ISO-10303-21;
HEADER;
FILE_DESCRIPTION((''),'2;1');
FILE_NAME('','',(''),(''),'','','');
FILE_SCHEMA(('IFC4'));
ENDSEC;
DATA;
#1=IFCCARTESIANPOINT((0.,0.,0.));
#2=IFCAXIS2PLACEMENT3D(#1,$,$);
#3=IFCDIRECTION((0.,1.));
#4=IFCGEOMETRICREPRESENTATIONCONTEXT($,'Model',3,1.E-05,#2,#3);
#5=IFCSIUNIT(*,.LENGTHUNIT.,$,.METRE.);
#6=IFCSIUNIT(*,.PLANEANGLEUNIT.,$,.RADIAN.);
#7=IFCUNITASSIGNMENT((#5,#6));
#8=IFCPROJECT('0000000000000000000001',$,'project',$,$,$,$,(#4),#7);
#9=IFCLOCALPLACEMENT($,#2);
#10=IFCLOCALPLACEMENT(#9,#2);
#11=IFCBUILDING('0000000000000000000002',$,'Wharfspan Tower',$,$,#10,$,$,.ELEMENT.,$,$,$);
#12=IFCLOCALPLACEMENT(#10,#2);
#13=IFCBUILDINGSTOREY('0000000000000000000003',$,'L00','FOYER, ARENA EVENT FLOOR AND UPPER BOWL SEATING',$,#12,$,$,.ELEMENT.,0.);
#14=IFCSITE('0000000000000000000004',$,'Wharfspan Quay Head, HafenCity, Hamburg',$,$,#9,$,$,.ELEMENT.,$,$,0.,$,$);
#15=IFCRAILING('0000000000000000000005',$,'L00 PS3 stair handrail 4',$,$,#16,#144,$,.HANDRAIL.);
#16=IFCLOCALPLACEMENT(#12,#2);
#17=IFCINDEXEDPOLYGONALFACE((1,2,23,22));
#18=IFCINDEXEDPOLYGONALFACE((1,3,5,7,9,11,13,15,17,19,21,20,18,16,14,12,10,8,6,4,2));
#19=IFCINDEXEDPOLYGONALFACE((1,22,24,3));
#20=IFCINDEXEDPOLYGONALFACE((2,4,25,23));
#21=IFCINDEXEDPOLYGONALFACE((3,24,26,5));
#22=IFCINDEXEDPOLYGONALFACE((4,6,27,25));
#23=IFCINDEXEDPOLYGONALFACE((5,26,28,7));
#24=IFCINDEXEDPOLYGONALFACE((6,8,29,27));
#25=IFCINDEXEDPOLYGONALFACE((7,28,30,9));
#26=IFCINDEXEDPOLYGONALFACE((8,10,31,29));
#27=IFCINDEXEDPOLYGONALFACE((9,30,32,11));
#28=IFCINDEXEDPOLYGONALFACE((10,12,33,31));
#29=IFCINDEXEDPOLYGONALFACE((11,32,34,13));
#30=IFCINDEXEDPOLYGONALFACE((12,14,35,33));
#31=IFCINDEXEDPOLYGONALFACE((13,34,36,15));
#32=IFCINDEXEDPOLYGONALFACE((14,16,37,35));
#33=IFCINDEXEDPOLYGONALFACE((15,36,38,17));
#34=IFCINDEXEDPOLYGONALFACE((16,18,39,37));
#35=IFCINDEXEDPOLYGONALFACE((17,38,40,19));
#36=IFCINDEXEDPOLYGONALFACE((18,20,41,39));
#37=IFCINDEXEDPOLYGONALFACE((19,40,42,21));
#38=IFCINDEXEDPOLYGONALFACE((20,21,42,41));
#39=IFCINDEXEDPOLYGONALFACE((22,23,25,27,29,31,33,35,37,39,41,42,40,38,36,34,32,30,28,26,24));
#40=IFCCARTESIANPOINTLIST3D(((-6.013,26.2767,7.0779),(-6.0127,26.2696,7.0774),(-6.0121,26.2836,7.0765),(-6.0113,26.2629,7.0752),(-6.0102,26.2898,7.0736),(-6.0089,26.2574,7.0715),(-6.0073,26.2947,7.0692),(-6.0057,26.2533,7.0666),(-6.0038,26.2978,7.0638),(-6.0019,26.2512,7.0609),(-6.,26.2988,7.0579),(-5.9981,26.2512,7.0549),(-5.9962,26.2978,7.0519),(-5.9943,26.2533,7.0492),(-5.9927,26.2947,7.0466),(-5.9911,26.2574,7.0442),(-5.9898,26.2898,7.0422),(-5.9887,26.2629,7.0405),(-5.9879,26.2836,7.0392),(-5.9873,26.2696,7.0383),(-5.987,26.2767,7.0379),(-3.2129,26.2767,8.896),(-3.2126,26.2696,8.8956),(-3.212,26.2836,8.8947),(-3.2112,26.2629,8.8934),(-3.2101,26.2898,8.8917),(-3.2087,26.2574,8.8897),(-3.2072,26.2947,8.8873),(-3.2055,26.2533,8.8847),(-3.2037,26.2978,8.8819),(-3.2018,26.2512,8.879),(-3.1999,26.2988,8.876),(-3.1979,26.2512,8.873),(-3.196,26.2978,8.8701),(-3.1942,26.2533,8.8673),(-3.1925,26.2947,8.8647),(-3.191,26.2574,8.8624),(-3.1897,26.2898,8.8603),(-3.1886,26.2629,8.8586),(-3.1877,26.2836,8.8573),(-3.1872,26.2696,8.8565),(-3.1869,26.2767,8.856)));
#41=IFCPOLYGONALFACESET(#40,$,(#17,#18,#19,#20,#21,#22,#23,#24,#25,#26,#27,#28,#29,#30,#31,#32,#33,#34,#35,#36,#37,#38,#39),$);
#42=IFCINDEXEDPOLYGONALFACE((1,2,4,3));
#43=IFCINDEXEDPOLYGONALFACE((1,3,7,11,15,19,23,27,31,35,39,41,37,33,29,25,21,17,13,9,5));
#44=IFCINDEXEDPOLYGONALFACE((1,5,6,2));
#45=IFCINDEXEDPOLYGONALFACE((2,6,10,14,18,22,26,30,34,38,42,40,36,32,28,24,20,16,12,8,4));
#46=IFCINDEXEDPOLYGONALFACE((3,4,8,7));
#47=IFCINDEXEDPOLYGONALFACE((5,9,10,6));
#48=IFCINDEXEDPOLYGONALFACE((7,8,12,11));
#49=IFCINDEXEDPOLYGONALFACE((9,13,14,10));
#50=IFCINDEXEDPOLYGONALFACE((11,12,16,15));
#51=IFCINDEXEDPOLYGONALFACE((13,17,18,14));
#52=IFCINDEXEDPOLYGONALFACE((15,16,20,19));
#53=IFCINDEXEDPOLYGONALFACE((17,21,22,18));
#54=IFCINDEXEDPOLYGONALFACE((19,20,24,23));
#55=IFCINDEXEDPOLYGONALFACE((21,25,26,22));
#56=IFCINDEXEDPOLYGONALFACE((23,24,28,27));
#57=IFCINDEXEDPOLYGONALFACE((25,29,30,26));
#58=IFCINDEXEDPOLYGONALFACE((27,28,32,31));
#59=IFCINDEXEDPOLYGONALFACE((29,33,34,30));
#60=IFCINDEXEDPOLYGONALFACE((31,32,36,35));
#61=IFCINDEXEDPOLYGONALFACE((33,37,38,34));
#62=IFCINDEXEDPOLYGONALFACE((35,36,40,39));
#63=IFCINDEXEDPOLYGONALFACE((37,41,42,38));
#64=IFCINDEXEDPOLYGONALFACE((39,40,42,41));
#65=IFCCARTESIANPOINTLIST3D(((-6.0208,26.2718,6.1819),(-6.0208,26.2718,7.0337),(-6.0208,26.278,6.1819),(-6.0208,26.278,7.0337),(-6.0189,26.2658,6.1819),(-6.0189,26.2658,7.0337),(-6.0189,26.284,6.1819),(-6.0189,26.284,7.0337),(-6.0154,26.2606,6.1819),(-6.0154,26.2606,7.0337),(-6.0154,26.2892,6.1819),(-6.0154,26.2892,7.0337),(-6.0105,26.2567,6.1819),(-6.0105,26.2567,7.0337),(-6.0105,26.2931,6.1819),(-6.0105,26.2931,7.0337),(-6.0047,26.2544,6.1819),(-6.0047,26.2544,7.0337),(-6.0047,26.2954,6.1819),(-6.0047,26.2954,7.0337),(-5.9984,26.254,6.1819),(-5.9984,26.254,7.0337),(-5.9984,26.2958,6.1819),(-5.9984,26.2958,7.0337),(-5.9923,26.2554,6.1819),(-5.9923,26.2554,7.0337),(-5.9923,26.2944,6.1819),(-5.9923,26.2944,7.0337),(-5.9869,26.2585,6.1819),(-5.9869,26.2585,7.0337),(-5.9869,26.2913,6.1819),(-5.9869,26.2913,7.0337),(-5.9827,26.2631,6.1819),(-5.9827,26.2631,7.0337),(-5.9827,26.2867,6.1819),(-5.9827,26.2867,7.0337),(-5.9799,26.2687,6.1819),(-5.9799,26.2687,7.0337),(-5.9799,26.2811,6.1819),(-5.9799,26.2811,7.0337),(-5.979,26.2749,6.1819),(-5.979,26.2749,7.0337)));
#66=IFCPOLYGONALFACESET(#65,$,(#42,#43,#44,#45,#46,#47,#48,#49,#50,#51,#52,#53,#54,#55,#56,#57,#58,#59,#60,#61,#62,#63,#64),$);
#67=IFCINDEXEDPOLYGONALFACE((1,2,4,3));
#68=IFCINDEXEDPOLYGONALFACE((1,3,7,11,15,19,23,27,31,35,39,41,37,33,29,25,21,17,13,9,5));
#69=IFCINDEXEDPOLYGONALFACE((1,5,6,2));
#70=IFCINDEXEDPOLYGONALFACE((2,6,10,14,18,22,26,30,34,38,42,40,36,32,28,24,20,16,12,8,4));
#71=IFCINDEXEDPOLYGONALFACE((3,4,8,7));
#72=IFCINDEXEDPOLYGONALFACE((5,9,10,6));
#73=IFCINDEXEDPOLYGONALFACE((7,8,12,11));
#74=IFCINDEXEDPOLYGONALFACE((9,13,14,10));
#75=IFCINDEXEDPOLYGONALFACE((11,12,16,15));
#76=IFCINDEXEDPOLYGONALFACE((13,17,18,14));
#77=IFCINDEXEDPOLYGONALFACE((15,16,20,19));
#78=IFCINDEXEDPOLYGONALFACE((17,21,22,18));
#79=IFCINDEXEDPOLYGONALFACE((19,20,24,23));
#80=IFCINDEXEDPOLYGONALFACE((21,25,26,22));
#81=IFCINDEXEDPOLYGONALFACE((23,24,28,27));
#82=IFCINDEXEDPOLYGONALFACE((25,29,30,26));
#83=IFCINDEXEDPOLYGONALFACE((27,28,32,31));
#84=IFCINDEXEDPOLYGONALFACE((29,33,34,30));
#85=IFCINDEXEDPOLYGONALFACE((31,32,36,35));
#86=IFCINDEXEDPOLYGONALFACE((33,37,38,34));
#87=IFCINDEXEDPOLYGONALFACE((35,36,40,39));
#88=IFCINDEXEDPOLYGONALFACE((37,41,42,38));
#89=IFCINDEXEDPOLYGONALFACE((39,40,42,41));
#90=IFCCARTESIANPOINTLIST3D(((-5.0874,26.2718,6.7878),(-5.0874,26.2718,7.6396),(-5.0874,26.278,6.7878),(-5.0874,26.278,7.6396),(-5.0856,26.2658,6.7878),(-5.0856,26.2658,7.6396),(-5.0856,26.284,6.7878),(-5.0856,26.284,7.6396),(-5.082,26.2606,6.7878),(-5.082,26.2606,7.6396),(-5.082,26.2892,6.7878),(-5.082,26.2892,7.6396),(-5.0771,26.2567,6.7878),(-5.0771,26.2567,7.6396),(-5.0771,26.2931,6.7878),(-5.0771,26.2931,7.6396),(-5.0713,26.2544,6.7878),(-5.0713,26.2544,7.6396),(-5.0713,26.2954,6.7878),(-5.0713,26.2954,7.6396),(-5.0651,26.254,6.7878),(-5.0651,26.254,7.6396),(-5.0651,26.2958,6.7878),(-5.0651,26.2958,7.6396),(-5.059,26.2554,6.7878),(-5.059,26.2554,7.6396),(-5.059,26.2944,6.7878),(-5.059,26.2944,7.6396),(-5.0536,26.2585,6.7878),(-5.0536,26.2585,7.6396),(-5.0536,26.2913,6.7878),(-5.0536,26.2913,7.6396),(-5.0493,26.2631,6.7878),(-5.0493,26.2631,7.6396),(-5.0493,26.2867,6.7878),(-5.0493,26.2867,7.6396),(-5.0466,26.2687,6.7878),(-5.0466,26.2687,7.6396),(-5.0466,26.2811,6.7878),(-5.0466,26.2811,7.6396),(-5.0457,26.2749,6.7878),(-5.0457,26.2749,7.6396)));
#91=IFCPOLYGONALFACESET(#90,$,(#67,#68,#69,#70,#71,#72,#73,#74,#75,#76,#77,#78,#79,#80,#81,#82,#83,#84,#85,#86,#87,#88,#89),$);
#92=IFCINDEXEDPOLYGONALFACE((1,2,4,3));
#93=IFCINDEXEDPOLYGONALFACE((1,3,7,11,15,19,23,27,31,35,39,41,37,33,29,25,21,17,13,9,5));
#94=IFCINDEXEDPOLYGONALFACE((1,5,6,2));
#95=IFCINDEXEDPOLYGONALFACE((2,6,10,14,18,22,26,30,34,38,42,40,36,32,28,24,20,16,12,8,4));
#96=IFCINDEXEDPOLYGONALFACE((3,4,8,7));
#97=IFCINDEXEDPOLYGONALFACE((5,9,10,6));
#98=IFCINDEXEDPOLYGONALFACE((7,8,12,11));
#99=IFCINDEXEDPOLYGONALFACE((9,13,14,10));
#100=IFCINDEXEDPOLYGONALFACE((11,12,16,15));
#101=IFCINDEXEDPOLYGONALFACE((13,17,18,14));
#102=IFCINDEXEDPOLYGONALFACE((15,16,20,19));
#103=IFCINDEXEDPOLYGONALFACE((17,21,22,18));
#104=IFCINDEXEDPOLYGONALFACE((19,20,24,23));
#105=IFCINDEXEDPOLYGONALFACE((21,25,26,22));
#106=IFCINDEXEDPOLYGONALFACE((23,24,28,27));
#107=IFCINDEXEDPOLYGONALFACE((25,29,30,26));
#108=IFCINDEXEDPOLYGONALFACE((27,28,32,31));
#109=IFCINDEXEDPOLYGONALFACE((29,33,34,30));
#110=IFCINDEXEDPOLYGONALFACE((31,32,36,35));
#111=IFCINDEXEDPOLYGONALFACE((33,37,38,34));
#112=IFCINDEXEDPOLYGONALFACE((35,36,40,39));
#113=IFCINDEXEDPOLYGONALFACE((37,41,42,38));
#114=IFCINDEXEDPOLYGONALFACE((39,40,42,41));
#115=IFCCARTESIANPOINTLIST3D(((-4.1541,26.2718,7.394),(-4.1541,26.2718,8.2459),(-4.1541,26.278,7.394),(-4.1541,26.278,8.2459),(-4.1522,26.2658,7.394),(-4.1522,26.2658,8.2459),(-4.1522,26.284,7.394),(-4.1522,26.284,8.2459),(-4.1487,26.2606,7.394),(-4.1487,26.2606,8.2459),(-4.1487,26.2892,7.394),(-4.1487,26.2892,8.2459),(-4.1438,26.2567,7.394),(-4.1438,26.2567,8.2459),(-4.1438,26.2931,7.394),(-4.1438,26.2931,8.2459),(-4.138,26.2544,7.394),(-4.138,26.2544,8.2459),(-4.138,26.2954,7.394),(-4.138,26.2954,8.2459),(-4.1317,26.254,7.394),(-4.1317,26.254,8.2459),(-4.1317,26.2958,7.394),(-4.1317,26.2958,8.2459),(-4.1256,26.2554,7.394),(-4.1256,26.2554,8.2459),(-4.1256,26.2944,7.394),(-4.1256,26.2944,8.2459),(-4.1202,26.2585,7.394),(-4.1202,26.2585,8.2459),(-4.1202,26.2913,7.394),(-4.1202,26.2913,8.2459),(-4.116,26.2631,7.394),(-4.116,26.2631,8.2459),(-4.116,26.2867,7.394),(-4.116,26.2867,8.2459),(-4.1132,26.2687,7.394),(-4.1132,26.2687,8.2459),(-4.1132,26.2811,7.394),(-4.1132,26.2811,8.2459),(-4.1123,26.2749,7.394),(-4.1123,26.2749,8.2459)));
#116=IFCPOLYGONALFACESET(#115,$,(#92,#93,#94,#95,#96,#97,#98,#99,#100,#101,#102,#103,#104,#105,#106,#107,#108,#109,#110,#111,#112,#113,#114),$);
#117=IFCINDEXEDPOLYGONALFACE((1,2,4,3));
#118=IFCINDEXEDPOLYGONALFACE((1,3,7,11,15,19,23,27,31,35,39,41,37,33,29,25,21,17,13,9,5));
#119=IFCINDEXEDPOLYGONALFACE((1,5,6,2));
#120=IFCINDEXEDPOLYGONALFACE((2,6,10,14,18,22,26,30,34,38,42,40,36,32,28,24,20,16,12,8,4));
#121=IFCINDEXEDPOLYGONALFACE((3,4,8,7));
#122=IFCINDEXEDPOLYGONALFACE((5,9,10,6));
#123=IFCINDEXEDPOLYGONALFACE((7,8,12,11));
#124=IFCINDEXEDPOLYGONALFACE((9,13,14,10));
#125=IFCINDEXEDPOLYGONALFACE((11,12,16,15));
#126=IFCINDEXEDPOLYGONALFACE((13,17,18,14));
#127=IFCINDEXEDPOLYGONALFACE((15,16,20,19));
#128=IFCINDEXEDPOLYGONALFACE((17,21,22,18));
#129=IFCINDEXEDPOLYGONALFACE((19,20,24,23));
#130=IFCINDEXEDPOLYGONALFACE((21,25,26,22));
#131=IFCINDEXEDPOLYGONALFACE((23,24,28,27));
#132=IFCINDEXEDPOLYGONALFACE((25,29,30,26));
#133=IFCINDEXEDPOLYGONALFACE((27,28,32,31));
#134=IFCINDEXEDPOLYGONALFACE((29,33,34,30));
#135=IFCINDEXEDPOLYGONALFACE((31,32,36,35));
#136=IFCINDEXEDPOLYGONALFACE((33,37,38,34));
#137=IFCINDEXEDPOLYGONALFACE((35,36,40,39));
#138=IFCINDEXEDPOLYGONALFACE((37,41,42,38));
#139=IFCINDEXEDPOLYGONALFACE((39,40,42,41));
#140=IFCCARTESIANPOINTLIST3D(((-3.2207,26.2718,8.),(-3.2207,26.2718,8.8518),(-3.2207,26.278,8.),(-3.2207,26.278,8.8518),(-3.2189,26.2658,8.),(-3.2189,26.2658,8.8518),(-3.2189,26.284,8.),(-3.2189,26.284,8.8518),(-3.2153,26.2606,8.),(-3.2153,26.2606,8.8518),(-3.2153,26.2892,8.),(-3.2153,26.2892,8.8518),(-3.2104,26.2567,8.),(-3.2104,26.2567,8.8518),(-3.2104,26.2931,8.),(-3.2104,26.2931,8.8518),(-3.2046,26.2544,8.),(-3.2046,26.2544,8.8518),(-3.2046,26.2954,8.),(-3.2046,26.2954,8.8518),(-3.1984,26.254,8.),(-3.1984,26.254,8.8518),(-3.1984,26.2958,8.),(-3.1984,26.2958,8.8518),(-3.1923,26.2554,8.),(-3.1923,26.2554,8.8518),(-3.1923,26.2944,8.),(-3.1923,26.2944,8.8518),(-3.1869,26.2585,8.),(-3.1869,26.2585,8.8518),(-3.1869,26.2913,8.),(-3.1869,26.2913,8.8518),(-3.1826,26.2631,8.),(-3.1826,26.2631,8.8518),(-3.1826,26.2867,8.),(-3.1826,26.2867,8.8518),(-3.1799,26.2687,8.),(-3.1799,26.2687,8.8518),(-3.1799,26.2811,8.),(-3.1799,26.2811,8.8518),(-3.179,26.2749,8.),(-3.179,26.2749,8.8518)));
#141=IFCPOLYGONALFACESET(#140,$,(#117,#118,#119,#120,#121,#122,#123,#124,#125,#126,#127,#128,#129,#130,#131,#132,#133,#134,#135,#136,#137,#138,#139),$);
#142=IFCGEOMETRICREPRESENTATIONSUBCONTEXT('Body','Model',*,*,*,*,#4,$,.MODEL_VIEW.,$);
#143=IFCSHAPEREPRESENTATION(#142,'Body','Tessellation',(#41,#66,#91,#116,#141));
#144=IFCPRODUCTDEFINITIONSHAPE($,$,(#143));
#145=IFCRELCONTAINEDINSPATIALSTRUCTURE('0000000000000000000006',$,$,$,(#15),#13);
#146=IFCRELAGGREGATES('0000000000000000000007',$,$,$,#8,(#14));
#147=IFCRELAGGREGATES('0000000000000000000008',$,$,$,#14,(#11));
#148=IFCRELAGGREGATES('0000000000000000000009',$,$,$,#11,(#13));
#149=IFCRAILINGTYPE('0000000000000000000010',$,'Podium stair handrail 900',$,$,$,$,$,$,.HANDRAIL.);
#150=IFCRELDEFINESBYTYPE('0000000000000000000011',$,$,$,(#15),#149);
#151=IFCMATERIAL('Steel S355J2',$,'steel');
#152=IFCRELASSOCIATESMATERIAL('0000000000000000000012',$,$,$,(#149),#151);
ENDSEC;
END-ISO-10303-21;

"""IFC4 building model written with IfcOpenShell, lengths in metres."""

from ifc_helpers import new_model, si_unit, direction, frame, origin, origin_2d, place, context, subcontext, project, spatial, circle, extrude, material, type_object, element, save


model = new_model("IFC4")

# Units and contexts
model_context = context("Model", 3, precision=1e-05, world=origin(), true_north=direction((0.0, 1.0)))
body_context = subcontext(model_context, "Body", "Model", "MODEL_VIEW")
ifc_project = project(units=[si_unit("LENGTHUNIT", "METRE"), si_unit("PLANEANGLEUNIT", "RADIAN")], contexts=[model_context])

# Site, building, storey
site_placement = place(None, origin())
site = spatial("IfcSite", under=ifc_project, at=site_placement, Name="Wharfspan Quay Head, HafenCity, Hamburg", CompositionType="ELEMENT", RefElevation=0.0)
building_placement = place(site_placement, origin())
building = spatial("IfcBuilding", under=site, at=building_placement, Name="Wharfspan Tower", CompositionType="ELEMENT")
storey_placement = place(building_placement, origin())
storey = spatial("IfcBuildingStorey", under=building, at=storey_placement, Name="L00", Description="FOYER, ARENA EVENT FLOOR AND UPPER BOWL SEATING", CompositionType="ELEMENT", Elevation=0.0)

# Railing
ifc_material_1 = material(Name="Steel S355J2", Category="steel")
railing_type_1 = type_object("IfcRailingType", Name="Podium stair handrail 900", PredefinedType="HANDRAIL", material=ifc_material_1)
for number, where, name in (
    (1, (-6.0, 26.2749, 6.1819), "L00 PS3 stair handrail 4"),
):
    element("IfcRailing", number, at=place(storey_placement, frame(where)), inside=storey, type_object=railing_type_1, Name=name, PredefinedType="HANDRAIL", context=body_context, shape_type="SweptSolid", body=[
        extrude(circle(Radius=0.0239, at=origin_2d()), frame((0.0, 0.0, 0.876), z_axis=(0.838706, 0.0, 0.544585), x_axis=(0.0, 1.0, 0.0)), (0.0, 0.0, 1.0), 3.3386),
        extrude(circle(Radius=0.021, at=origin_2d()), origin(), (0.0, 0.0, 1.0), 0.8518),
        extrude(circle(Radius=0.021, at=origin_2d()), frame((0.9334, 0.0, 0.606)), (0.0, 0.0, 1.0), 0.8518),
        extrude(circle(Radius=0.021, at=origin_2d()), frame((1.8667, 0.0, 1.2122)), (0.0, 0.0, 1.0), 0.8518),
        extrude(circle(Radius=0.021, at=origin_2d()), frame((2.8, 0.0, 1.8181)), (0.0, 0.0, 1.0), 0.8518),
    ])

save(model, "model.ifc")
